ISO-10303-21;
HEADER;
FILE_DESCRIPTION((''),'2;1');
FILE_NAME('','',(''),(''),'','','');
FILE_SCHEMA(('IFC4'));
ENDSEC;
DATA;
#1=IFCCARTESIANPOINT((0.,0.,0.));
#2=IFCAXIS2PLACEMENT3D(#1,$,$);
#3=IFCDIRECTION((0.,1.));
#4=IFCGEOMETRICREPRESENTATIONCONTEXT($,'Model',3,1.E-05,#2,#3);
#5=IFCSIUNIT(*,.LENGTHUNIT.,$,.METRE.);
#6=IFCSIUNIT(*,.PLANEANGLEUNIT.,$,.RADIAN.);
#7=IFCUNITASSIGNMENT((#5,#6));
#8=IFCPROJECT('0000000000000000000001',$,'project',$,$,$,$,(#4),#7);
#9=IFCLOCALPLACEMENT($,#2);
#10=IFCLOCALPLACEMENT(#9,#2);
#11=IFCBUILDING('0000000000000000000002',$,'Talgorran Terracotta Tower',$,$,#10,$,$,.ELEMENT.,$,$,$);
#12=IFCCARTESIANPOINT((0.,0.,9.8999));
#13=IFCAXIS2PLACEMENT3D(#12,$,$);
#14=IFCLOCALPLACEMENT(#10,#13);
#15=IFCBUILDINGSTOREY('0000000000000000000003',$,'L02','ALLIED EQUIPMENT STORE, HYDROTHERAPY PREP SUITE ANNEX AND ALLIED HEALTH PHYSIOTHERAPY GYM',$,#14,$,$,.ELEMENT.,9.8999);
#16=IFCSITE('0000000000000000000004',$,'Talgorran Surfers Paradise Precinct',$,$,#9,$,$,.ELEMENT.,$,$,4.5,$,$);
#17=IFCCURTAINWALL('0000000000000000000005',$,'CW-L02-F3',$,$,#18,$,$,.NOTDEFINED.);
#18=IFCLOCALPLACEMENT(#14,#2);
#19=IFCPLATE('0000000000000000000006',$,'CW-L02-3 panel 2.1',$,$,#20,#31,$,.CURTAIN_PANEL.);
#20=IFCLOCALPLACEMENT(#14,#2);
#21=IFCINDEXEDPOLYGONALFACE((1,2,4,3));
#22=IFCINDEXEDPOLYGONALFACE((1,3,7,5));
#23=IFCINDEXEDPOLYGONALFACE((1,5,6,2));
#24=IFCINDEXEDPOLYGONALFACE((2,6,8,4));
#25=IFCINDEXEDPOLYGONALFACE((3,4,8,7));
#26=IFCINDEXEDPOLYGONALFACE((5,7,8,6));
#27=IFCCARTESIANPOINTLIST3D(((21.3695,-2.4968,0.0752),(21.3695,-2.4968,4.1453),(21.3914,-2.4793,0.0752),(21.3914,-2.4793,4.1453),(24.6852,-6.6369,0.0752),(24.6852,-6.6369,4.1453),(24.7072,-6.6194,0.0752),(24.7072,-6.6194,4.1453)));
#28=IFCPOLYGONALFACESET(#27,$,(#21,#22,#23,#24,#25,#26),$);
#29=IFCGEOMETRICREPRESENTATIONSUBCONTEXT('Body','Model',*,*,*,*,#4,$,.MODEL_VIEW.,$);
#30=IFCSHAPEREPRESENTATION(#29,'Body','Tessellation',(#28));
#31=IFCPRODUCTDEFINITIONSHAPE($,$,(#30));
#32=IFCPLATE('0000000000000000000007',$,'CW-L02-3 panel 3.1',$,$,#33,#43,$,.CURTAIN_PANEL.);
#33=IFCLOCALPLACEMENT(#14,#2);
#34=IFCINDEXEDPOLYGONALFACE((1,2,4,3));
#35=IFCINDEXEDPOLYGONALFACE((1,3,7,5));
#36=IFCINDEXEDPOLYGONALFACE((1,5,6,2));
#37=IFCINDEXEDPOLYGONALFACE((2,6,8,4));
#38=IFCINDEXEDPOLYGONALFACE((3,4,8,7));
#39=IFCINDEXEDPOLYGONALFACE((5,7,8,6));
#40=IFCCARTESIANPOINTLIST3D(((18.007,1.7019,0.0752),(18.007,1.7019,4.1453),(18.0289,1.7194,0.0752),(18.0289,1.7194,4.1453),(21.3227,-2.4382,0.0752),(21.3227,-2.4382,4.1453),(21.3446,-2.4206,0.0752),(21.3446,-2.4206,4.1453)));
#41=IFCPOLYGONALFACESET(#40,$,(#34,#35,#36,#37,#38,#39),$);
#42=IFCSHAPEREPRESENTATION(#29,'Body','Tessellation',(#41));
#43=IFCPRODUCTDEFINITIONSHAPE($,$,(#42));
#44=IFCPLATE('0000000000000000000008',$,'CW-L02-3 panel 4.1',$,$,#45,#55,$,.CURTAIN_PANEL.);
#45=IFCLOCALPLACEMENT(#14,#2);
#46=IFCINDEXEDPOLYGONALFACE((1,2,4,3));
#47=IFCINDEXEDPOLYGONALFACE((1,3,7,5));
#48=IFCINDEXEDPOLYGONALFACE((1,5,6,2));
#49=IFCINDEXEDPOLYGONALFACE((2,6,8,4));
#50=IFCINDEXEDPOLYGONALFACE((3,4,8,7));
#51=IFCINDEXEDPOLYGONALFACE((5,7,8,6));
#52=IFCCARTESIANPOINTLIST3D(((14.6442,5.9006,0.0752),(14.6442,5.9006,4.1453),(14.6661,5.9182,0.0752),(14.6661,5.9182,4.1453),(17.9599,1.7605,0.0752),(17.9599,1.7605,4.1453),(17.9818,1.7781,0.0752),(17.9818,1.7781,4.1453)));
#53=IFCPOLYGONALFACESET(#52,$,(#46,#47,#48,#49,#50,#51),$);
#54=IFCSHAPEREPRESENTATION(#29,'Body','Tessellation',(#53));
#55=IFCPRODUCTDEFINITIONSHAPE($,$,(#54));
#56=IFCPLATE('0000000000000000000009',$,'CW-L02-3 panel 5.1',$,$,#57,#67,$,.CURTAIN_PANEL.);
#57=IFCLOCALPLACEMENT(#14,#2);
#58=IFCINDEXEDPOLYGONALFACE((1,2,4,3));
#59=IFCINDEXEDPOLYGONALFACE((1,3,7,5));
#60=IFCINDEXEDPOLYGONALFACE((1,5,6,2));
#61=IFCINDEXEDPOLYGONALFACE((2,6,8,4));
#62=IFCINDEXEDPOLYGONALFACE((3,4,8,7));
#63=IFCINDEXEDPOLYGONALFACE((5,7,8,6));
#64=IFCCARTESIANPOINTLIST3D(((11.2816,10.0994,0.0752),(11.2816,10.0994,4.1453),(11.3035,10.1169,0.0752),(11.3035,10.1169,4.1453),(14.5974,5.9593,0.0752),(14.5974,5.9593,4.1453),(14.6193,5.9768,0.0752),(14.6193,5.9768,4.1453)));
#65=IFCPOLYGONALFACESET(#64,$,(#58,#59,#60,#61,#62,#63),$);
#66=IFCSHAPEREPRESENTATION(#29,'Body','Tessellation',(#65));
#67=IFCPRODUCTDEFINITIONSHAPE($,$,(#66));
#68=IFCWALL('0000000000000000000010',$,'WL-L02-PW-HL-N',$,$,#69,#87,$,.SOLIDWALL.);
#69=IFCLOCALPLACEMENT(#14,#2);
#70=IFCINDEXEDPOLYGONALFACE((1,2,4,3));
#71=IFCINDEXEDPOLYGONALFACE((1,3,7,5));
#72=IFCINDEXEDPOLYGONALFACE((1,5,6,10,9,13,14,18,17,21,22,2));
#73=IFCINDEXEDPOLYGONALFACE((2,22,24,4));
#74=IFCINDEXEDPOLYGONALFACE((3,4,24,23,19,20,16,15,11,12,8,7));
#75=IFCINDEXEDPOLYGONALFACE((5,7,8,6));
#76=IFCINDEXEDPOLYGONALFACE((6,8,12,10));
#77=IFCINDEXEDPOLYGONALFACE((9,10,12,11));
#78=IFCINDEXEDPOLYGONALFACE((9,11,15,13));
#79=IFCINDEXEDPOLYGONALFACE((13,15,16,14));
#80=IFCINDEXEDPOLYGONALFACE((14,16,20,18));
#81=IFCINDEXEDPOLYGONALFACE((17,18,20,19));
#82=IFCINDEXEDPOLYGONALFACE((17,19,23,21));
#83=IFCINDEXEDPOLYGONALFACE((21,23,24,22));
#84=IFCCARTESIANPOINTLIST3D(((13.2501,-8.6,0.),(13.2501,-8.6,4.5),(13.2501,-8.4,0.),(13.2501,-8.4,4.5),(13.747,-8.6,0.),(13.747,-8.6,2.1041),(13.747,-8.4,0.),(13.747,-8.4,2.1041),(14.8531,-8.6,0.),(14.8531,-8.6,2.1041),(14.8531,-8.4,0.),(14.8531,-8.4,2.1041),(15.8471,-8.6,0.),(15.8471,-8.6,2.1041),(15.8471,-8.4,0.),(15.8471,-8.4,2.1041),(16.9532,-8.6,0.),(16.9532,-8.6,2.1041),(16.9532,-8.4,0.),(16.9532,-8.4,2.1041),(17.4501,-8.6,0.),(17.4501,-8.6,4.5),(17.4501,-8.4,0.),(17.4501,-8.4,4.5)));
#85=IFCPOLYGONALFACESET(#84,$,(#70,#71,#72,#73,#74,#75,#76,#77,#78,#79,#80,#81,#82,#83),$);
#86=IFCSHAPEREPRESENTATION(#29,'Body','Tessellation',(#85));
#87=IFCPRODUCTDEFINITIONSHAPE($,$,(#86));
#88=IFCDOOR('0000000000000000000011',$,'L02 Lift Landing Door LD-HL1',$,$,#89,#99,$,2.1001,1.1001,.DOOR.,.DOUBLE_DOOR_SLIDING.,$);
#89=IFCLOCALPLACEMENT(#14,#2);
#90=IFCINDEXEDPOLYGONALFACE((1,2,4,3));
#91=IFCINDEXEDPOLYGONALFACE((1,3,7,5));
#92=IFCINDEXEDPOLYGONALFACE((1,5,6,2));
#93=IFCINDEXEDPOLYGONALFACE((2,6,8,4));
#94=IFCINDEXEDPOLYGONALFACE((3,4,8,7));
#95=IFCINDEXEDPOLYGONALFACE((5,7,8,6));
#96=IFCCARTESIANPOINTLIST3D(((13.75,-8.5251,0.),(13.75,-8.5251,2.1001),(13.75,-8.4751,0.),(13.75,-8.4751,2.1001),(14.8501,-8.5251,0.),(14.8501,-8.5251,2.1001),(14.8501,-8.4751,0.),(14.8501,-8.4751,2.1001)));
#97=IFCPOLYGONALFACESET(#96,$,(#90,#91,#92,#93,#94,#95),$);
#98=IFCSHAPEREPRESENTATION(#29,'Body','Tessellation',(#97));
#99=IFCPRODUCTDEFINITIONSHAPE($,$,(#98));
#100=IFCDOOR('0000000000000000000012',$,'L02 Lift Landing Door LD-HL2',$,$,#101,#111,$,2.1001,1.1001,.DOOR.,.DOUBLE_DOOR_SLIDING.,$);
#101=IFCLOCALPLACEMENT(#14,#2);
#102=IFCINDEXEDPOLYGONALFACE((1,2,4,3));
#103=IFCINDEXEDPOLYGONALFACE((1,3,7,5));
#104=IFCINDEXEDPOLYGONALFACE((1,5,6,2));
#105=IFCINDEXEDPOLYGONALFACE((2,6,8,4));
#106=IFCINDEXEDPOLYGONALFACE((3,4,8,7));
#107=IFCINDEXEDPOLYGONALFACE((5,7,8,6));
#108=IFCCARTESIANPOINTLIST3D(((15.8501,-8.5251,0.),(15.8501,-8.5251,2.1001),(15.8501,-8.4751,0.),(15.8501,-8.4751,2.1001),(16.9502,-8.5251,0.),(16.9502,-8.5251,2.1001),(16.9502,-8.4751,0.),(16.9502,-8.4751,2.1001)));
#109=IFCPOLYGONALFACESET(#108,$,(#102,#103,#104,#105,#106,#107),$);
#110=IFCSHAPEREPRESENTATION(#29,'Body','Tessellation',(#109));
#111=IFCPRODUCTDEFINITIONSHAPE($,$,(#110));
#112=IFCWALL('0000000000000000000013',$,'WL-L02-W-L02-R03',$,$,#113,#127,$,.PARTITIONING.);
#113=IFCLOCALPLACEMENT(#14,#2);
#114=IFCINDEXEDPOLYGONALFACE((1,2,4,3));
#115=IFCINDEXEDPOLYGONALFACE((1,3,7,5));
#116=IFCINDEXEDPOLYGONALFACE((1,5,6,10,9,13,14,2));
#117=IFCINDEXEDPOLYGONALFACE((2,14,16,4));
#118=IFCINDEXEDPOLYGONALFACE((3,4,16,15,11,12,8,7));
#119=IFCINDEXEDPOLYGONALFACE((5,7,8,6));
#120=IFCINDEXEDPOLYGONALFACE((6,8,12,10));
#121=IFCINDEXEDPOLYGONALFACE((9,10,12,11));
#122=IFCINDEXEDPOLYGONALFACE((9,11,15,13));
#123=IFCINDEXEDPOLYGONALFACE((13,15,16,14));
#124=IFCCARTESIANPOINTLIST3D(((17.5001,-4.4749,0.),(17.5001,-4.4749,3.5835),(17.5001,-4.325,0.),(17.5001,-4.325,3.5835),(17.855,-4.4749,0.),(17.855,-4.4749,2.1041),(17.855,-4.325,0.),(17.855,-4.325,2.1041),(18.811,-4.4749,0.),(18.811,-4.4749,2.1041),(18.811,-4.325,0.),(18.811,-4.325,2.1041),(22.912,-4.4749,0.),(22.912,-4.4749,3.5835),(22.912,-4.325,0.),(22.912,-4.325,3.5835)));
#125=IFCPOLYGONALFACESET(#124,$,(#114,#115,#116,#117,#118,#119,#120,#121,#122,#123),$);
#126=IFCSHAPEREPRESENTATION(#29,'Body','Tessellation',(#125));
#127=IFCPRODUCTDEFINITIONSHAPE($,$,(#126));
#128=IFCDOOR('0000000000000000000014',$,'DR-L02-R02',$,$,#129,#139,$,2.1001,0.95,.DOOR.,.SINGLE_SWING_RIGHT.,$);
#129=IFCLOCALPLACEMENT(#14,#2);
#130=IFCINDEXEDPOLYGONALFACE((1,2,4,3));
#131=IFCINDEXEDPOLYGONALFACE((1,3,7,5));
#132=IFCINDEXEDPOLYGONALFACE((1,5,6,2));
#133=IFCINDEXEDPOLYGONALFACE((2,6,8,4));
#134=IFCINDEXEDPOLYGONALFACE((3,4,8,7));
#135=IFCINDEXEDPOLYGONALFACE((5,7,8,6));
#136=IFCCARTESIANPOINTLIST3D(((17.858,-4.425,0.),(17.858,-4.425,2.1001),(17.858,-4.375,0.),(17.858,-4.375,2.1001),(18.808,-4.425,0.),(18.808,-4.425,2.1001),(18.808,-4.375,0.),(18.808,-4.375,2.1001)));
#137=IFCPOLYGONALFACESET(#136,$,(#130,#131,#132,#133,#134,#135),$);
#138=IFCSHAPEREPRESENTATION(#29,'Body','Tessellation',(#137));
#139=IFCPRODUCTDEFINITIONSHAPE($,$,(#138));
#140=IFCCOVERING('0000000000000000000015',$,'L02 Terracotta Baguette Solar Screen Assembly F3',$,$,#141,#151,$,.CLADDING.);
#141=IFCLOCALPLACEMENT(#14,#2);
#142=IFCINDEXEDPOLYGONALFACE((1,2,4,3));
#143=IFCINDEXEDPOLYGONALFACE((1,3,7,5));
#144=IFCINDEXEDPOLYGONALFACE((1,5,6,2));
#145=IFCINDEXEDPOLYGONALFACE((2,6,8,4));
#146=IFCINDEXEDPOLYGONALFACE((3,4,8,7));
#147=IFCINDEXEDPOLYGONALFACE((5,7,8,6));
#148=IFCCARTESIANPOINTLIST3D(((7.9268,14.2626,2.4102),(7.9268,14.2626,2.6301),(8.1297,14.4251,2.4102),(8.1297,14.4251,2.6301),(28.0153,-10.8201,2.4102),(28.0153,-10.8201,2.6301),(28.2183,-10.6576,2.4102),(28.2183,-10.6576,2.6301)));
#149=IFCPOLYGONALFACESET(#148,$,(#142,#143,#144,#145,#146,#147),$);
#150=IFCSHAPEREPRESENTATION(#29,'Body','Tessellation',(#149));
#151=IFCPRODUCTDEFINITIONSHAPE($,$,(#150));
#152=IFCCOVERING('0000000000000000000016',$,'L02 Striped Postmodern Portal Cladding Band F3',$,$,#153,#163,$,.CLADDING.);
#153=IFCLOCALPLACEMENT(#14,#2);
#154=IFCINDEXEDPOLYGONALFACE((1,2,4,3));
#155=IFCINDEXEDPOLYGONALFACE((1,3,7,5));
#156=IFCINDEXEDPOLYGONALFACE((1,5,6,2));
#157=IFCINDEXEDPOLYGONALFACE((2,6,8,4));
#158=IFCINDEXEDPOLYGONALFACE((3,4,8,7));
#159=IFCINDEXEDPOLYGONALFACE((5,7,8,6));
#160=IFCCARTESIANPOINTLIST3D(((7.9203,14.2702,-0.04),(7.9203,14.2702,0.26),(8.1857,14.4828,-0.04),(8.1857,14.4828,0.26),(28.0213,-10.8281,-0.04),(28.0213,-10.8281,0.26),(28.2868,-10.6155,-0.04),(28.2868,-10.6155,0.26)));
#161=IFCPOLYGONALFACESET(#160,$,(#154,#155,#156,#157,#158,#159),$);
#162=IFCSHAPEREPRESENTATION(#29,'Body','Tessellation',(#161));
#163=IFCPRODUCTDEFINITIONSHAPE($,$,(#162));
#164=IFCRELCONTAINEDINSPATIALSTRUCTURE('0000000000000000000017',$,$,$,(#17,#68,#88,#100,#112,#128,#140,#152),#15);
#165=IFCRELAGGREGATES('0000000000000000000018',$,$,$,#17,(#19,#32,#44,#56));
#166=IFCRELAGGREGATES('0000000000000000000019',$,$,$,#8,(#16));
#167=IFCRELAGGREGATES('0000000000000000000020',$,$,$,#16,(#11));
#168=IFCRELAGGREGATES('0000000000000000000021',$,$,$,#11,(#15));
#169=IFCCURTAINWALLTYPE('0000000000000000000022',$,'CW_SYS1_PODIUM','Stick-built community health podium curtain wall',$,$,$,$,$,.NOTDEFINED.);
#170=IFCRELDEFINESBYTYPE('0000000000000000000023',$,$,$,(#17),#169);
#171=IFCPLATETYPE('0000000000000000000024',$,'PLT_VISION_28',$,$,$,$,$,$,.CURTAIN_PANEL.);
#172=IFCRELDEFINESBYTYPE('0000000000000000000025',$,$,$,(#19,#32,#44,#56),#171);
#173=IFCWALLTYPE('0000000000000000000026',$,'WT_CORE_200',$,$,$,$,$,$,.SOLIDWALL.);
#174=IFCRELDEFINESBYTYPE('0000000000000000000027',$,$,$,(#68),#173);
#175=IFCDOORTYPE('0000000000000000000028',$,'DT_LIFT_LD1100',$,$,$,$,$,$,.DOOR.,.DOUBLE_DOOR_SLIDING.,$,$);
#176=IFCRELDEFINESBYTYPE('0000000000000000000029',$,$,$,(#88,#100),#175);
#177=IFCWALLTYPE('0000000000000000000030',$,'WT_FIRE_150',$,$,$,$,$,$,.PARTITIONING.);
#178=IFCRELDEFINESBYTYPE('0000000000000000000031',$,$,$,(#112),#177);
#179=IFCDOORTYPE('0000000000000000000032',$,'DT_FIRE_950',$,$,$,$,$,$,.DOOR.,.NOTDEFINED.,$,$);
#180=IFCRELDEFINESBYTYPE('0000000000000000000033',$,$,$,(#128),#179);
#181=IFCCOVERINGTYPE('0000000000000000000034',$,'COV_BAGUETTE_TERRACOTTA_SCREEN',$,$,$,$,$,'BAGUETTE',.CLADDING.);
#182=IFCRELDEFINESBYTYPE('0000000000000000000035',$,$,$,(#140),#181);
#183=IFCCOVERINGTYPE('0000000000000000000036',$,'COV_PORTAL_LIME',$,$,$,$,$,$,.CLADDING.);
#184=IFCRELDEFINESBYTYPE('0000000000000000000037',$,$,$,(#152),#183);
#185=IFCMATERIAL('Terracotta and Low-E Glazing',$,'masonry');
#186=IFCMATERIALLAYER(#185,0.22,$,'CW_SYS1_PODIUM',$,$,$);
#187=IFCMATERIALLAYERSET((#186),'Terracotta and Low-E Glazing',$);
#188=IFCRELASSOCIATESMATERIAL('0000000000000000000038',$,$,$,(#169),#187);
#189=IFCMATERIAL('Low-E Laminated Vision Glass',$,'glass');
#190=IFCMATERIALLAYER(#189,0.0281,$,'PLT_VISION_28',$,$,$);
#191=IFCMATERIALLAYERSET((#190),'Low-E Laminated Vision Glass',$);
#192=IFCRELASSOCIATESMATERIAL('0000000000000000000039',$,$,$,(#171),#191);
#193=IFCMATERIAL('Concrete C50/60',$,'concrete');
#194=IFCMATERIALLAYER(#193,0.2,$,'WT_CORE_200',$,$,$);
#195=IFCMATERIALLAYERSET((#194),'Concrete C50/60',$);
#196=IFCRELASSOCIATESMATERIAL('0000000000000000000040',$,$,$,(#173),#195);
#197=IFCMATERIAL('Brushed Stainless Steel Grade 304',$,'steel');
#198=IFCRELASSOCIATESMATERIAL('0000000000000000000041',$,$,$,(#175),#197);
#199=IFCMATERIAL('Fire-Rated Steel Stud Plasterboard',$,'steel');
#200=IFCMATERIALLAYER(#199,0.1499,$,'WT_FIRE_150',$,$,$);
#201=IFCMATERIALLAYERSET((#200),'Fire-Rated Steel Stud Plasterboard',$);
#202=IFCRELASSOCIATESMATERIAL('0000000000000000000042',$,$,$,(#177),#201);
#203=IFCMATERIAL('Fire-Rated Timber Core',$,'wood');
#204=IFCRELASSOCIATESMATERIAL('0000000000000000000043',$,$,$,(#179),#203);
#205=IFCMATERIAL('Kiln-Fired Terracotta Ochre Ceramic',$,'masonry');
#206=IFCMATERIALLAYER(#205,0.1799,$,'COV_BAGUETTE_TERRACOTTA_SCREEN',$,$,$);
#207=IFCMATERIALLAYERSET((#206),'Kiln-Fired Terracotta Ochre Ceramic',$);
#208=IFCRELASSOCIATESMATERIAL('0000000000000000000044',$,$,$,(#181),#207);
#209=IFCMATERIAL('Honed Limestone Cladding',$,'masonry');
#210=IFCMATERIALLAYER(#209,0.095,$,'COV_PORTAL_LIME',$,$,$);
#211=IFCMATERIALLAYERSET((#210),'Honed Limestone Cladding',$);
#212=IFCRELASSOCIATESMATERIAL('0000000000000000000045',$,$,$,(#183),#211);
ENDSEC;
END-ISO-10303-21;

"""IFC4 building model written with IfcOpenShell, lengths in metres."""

from ifc_helpers import new_model, si_unit, direction, frame, frame_2d, origin, origin_2d, place, context, subcontext, project, spatial, rectangle, extrude, source, transform, mapped, material, layer, layer_set, type_object, type_shapes, element, fill, aggregate, save


model = new_model("IFC4")

# Units and contexts
model_context = context("Model", 3, precision=1e-05, world=origin(), true_north=direction((0.0, 1.0)))
body_context = subcontext(model_context, "Body", "Model", "MODEL_VIEW")
ifc_project = project(units=[si_unit("LENGTHUNIT", "METRE"), si_unit("PLANEANGLEUNIT", "RADIAN")], contexts=[model_context])

# Site, building, storey
site_placement = place(None, origin())
site = spatial("IfcSite", under=ifc_project, at=site_placement, Name="Talgorran Surfers Paradise Precinct", CompositionType="ELEMENT", RefElevation=4.5)
building_placement = place(site_placement, origin())
building = spatial("IfcBuilding", under=site, at=building_placement, Name="Talgorran Terracotta Tower", CompositionType="ELEMENT")
storey_placement = place(building_placement, frame((0.0, 0.0, 9.8999)))
storey = spatial("IfcBuildingStorey", under=building, at=storey_placement, Name="L02", Description="ALLIED EQUIPMENT STORE, HYDROTHERAPY PREP SUITE ANNEX AND ALLIED HEALTH PHYSIOTHERAPY GYM", CompositionType="ELEMENT", Elevation=9.8999)

# Curtain wall, plates
ifc_material_1 = material(Name="Terracotta and Low-E Glazing", Category="masonry")
ifc_layer_1 = layer(ifc_material_1, 0.22, Name="CW_SYS1_PODIUM")
ifc_layer_set_1 = layer_set([ifc_layer_1], Name="Terracotta and Low-E Glazing")
curtain_wall_type = type_object("IfcCurtainWallType", Name="CW_SYS1_PODIUM", Description="Stick-built community health podium curtain wall", PredefinedType="NOTDEFINED", material=ifc_layer_set_1)
curtain_wall_placement = place(storey_placement, origin())
curtain_wall = element("IfcCurtainWall", 1, at=curtain_wall_placement, inside=storey, type_object=curtain_wall_type, Name="CW-L02-F3", PredefinedType="NOTDEFINED")
ifc_material_2 = material(Name="Low-E Laminated Vision Glass", Category="glass")
ifc_layer_2 = layer(ifc_material_2, 0.0281, Name="PLT_VISION_28")
ifc_layer_set_2 = layer_set([ifc_layer_2], Name="Low-E Laminated Vision Glass")
plate_type = type_object("IfcPlateType", Name="PLT_VISION_28", PredefinedType="CURTAIN_PANEL", material=ifc_layer_set_2)
shared_shape_1 = source(origin(), body_context, "Body", "SweptSolid", [
    extrude(rectangle(XDim=5.3042, YDim=0.0281, at=origin_2d()), origin(), (0.0, 0.0, 1.0), 4.0701),
])
type_shapes(plate_type, [shared_shape_1])
plate_1_placement = place(storey_placement, frame((23.0383, -4.5581, 0.0752), z_axis=(0.0, 0.0, 1.0), x_axis=(-0.625116, 0.780532, 0.0)))
plate_1 = element("IfcPlate", 2, at=plate_1_placement, type_object=plate_type, Name="CW-L02-3 panel 2.1", PredefinedType="CURTAIN_PANEL", context=body_context, shape_type="MappedRepresentation", body=[
    mapped(shared_shape_1, transform((0.0, 0.0, 0.0), scale=1.0)),
])
plate_2_placement = place(storey_placement, frame((19.6758, -0.3594, 0.0752), z_axis=(0.0, 0.0, 1.0), x_axis=(-0.625116, 0.780532, 0.0)))
plate_2 = element("IfcPlate", 3, at=plate_2_placement, type_object=plate_type, Name="CW-L02-3 panel 3.1", PredefinedType="CURTAIN_PANEL", context=body_context, shape_type="MappedRepresentation", body=[
    mapped(shared_shape_1, transform((0.0, 0.0, 0.0), scale=1.0)),
])
plate_3_placement = place(storey_placement, frame((16.313, 3.8394, 0.0752), z_axis=(0.0, 0.0, 1.0), x_axis=(-0.625116, 0.780532, 0.0)))
plate_3 = element("IfcPlate", 4, at=plate_3_placement, type_object=plate_type, Name="CW-L02-3 panel 4.1", PredefinedType="CURTAIN_PANEL", context=body_context, shape_type="MappedRepresentation", body=[
    mapped(shared_shape_1, transform((0.0, 0.0, 0.0), scale=1.0)),
])
plate_4_placement = place(storey_placement, frame((12.9504, 8.0381, 0.0752), z_axis=(0.0, 0.0, 1.0), x_axis=(-0.625116, 0.780532, 0.0)))
plate_4 = element("IfcPlate", 5, at=plate_4_placement, type_object=plate_type, Name="CW-L02-3 panel 5.1", PredefinedType="CURTAIN_PANEL", context=body_context, shape_type="MappedRepresentation", body=[
    mapped(shared_shape_1, transform((0.0, 0.0, 0.0), scale=1.0)),
])
aggregate(curtain_wall, [plate_1, plate_2, plate_3, plate_4])

# Wall, openings, doors
ifc_material_3 = material(Name="Concrete C50/60", Category="concrete")
ifc_layer_3 = layer(ifc_material_3, 0.2, Name="WT_CORE_200")
ifc_layer_set_3 = layer_set([ifc_layer_3], Name="Concrete C50/60")
wall_type_1 = type_object("IfcWallType", Name="WT_CORE_200", PredefinedType="SOLIDWALL", material=ifc_layer_set_3)
wall_1_placement = place(storey_placement, frame((13.25, -8.5, 0.0), z_axis=(0.0, 0.0, 1.0), x_axis=(1.0, 0.0, 0.0)))
wall_1 = element("IfcWall", 6, at=wall_1_placement, inside=storey, type_object=wall_type_1, Name="WL-L02-PW-HL-N", PredefinedType="SOLIDWALL", context=body_context, shape_type="SweptSolid", body=[
    extrude(rectangle(XDim=4.2, YDim=0.2, at=frame_2d((2.1001, 0.0))), origin(), (0.0, 0.0, 1.0), 4.5),
])
opening_1_placement = place(wall_1_placement, frame((0.5, 0.0, 0.0)))
opening_1 = element("IfcOpeningElement", 7, at=opening_1_placement, cuts=wall_1, PredefinedType="OPENING", context=body_context, shape_type="SweptSolid", body=[
    extrude(rectangle(XDim=1.1061, YDim=2.1041, at=frame_2d((0.55, 1.052))), frame((0.0, 0.1099, 0.0), z_axis=(0.0, -1.0, 0.0), x_axis=(1.0, 0.0, 0.0)), (0.0, 0.0, 1.0), 0.22),
])
opening_2_placement = place(wall_1_placement, frame((2.6001, 0.0, 0.0)))
opening_2 = element("IfcOpeningElement", 8, at=opening_2_placement, cuts=wall_1, PredefinedType="OPENING", context=body_context, shape_type="SweptSolid", body=[
    extrude(rectangle(XDim=1.1061, YDim=2.1041, at=frame_2d((0.55, 1.052))), frame((0.0, 0.1099, 0.0), z_axis=(0.0, -1.0, 0.0), x_axis=(1.0, 0.0, 0.0)), (0.0, 0.0, 1.0), 0.22),
])
ifc_material_4 = material(Name="Brushed Stainless Steel Grade 304", Category="steel")
door_type_1 = type_object("IfcDoorType", Name="DT_LIFT_LD1100", OperationType="DOUBLE_DOOR_SLIDING", PredefinedType="DOOR", material=ifc_material_4)
door_1_placement = place(opening_1_placement, origin())
door_1 = element("IfcDoor", 9, at=door_1_placement, inside=storey, type_object=door_type_1, Name="L02 Lift Landing Door LD-HL1", OperationType="DOUBLE_DOOR_SLIDING", OverallHeight=2.1001, OverallWidth=1.1001, PredefinedType="DOOR", context=body_context, shape_type="SweptSolid", body=[
    extrude(rectangle(XDim=1.1001, YDim=2.1001, at=frame_2d((0.55, 1.05))), frame((0.0, 0.0249, 0.0), z_axis=(0.0, -1.0, 0.0), x_axis=(1.0, 0.0, 0.0)), (0.0, 0.0, 1.0), 0.05),
])
fill(opening_1, door_1)
door_2_placement = place(opening_2_placement, origin())
door_2 = element("IfcDoor", 10, at=door_2_placement, inside=storey, type_object=door_type_1, Name="L02 Lift Landing Door LD-HL2", OperationType="DOUBLE_DOOR_SLIDING", OverallHeight=2.1001, OverallWidth=1.1001, PredefinedType="DOOR", context=body_context, shape_type="SweptSolid", body=[
    extrude(rectangle(XDim=1.1001, YDim=2.1001, at=frame_2d((0.55, 1.05))), frame((0.0, 0.0249, 0.0), z_axis=(0.0, -1.0, 0.0), x_axis=(1.0, 0.0, 0.0)), (0.0, 0.0, 1.0), 0.05),
])
fill(opening_2, door_2)

# Wall, opening, door
ifc_material_5 = material(Name="Fire-Rated Steel Stud Plasterboard", Category="steel")
ifc_layer_4 = layer(ifc_material_5, 0.1499, Name="WT_FIRE_150")
ifc_layer_set_4 = layer_set([ifc_layer_4], Name="Fire-Rated Steel Stud Plasterboard")
wall_type_2 = type_object("IfcWallType", Name="WT_FIRE_150", PredefinedType="PARTITIONING", material=ifc_layer_set_4)
wall_2_placement = place(storey_placement, frame((17.5, -4.3999, 0.0), z_axis=(0.0, 0.0, 1.0), x_axis=(1.0, 0.0, 0.0)))
wall_2 = element("IfcWall", 11, at=wall_2_placement, inside=storey, type_object=wall_type_2, Name="WL-L02-W-L02-R03", PredefinedType="PARTITIONING", context=body_context, shape_type="SweptSolid", body=[
    extrude(rectangle(XDim=5.4119, YDim=0.1499, at=frame_2d((2.7061, 0.0))), origin(), (0.0, 0.0, 1.0), 3.5835),
])
opening_3_placement = place(wall_2_placement, frame((0.3579, 0.0, 0.0)))
opening_3 = element("IfcOpeningElement", 12, at=opening_3_placement, cuts=wall_2, PredefinedType="OPENING", context=body_context, shape_type="SweptSolid", body=[
    extrude(rectangle(XDim=0.956, YDim=2.1041, at=frame_2d((0.4751, 1.052))), frame((0.0, 0.085, 0.0), z_axis=(0.0, -1.0, 0.0), x_axis=(1.0, 0.0, 0.0)), (0.0, 0.0, 1.0), 0.1699),
])
ifc_material_6 = material(Name="Fire-Rated Timber Core", Category="wood")
door_type_2 = type_object("IfcDoorType", Name="DT_FIRE_950", OperationType="NOTDEFINED", PredefinedType="DOOR", material=ifc_material_6)
door_3_placement = place(opening_3_placement, origin())
door_3 = element("IfcDoor", 13, at=door_3_placement, inside=storey, type_object=door_type_2, Name="DR-L02-R02", OperationType="SINGLE_SWING_RIGHT", OverallHeight=2.1001, OverallWidth=0.95, PredefinedType="DOOR", context=body_context, shape_type="SweptSolid", body=[
    extrude(rectangle(XDim=0.95, YDim=2.1001, at=frame_2d((0.4751, 1.05))), frame((0.0, 0.0249, 0.0), z_axis=(0.0, -1.0, 0.0), x_axis=(1.0, 0.0, 0.0)), (0.0, 0.0, 1.0), 0.05),
])
fill(opening_3, door_3)

# Coverings
ifc_material_7 = material(Name="Kiln-Fired Terracotta Ochre Ceramic", Category="masonry")
ifc_layer_5 = layer(ifc_material_7, 0.1799, Name="COV_BAGUETTE_TERRACOTTA_SCREEN")
ifc_layer_set_5 = layer_set([ifc_layer_5], Name="Kiln-Fired Terracotta Ochre Ceramic")
covering_type_1 = type_object("IfcCoveringType", Name="COV_BAGUETTE_TERRACOTTA_SCREEN", ElementType="BAGUETTE", PredefinedType="CLADDING", material=ifc_layer_set_5)
covering_1_placement = place(storey_placement, frame((18.0725, 1.8025, 2.4102), z_axis=(0.0, 0.0, 1.0), x_axis=(-0.62512, 0.780529, 0.0)))
element("IfcCovering", 14, at=covering_1_placement, inside=storey, type_object=covering_type_1, Name="L02 Terracotta Baguette Solar Screen Assembly F3", PredefinedType="CLADDING", context=body_context, shape_type="SweptSolid", body=[
    extrude(rectangle(XDim=32.1355, YDim=0.26, at=origin_2d()), origin(), (0.0, 0.0, 1.0), 0.22),
])
ifc_material_8 = material(Name="Honed Limestone Cladding", Category="masonry")
ifc_layer_6 = layer(ifc_material_8, 0.095, Name="COV_PORTAL_LIME")
ifc_layer_set_6 = layer_set([ifc_layer_6], Name="Honed Limestone Cladding")
covering_type_2 = type_object("IfcCoveringType", Name="COV_PORTAL_LIME", PredefinedType="CLADDING", material=ifc_layer_set_6)
covering_2_placement = place(storey_placement, frame((18.1035, 1.8274, -0.04), z_axis=(0.0, 0.0, 1.0), x_axis=(-0.62512, 0.780529, 0.0)))
element("IfcCovering", 15, at=covering_2_placement, inside=storey, type_object=covering_type_2, Name="L02 Striped Postmodern Portal Cladding Band F3", PredefinedType="CLADDING", context=body_context, shape_type="SweptSolid", body=[
    extrude(rectangle(XDim=32.1555, YDim=0.3401, at=origin_2d()), origin(), (0.0, 0.0, 1.0), 0.3),
])

save(model, "model.ifc")
